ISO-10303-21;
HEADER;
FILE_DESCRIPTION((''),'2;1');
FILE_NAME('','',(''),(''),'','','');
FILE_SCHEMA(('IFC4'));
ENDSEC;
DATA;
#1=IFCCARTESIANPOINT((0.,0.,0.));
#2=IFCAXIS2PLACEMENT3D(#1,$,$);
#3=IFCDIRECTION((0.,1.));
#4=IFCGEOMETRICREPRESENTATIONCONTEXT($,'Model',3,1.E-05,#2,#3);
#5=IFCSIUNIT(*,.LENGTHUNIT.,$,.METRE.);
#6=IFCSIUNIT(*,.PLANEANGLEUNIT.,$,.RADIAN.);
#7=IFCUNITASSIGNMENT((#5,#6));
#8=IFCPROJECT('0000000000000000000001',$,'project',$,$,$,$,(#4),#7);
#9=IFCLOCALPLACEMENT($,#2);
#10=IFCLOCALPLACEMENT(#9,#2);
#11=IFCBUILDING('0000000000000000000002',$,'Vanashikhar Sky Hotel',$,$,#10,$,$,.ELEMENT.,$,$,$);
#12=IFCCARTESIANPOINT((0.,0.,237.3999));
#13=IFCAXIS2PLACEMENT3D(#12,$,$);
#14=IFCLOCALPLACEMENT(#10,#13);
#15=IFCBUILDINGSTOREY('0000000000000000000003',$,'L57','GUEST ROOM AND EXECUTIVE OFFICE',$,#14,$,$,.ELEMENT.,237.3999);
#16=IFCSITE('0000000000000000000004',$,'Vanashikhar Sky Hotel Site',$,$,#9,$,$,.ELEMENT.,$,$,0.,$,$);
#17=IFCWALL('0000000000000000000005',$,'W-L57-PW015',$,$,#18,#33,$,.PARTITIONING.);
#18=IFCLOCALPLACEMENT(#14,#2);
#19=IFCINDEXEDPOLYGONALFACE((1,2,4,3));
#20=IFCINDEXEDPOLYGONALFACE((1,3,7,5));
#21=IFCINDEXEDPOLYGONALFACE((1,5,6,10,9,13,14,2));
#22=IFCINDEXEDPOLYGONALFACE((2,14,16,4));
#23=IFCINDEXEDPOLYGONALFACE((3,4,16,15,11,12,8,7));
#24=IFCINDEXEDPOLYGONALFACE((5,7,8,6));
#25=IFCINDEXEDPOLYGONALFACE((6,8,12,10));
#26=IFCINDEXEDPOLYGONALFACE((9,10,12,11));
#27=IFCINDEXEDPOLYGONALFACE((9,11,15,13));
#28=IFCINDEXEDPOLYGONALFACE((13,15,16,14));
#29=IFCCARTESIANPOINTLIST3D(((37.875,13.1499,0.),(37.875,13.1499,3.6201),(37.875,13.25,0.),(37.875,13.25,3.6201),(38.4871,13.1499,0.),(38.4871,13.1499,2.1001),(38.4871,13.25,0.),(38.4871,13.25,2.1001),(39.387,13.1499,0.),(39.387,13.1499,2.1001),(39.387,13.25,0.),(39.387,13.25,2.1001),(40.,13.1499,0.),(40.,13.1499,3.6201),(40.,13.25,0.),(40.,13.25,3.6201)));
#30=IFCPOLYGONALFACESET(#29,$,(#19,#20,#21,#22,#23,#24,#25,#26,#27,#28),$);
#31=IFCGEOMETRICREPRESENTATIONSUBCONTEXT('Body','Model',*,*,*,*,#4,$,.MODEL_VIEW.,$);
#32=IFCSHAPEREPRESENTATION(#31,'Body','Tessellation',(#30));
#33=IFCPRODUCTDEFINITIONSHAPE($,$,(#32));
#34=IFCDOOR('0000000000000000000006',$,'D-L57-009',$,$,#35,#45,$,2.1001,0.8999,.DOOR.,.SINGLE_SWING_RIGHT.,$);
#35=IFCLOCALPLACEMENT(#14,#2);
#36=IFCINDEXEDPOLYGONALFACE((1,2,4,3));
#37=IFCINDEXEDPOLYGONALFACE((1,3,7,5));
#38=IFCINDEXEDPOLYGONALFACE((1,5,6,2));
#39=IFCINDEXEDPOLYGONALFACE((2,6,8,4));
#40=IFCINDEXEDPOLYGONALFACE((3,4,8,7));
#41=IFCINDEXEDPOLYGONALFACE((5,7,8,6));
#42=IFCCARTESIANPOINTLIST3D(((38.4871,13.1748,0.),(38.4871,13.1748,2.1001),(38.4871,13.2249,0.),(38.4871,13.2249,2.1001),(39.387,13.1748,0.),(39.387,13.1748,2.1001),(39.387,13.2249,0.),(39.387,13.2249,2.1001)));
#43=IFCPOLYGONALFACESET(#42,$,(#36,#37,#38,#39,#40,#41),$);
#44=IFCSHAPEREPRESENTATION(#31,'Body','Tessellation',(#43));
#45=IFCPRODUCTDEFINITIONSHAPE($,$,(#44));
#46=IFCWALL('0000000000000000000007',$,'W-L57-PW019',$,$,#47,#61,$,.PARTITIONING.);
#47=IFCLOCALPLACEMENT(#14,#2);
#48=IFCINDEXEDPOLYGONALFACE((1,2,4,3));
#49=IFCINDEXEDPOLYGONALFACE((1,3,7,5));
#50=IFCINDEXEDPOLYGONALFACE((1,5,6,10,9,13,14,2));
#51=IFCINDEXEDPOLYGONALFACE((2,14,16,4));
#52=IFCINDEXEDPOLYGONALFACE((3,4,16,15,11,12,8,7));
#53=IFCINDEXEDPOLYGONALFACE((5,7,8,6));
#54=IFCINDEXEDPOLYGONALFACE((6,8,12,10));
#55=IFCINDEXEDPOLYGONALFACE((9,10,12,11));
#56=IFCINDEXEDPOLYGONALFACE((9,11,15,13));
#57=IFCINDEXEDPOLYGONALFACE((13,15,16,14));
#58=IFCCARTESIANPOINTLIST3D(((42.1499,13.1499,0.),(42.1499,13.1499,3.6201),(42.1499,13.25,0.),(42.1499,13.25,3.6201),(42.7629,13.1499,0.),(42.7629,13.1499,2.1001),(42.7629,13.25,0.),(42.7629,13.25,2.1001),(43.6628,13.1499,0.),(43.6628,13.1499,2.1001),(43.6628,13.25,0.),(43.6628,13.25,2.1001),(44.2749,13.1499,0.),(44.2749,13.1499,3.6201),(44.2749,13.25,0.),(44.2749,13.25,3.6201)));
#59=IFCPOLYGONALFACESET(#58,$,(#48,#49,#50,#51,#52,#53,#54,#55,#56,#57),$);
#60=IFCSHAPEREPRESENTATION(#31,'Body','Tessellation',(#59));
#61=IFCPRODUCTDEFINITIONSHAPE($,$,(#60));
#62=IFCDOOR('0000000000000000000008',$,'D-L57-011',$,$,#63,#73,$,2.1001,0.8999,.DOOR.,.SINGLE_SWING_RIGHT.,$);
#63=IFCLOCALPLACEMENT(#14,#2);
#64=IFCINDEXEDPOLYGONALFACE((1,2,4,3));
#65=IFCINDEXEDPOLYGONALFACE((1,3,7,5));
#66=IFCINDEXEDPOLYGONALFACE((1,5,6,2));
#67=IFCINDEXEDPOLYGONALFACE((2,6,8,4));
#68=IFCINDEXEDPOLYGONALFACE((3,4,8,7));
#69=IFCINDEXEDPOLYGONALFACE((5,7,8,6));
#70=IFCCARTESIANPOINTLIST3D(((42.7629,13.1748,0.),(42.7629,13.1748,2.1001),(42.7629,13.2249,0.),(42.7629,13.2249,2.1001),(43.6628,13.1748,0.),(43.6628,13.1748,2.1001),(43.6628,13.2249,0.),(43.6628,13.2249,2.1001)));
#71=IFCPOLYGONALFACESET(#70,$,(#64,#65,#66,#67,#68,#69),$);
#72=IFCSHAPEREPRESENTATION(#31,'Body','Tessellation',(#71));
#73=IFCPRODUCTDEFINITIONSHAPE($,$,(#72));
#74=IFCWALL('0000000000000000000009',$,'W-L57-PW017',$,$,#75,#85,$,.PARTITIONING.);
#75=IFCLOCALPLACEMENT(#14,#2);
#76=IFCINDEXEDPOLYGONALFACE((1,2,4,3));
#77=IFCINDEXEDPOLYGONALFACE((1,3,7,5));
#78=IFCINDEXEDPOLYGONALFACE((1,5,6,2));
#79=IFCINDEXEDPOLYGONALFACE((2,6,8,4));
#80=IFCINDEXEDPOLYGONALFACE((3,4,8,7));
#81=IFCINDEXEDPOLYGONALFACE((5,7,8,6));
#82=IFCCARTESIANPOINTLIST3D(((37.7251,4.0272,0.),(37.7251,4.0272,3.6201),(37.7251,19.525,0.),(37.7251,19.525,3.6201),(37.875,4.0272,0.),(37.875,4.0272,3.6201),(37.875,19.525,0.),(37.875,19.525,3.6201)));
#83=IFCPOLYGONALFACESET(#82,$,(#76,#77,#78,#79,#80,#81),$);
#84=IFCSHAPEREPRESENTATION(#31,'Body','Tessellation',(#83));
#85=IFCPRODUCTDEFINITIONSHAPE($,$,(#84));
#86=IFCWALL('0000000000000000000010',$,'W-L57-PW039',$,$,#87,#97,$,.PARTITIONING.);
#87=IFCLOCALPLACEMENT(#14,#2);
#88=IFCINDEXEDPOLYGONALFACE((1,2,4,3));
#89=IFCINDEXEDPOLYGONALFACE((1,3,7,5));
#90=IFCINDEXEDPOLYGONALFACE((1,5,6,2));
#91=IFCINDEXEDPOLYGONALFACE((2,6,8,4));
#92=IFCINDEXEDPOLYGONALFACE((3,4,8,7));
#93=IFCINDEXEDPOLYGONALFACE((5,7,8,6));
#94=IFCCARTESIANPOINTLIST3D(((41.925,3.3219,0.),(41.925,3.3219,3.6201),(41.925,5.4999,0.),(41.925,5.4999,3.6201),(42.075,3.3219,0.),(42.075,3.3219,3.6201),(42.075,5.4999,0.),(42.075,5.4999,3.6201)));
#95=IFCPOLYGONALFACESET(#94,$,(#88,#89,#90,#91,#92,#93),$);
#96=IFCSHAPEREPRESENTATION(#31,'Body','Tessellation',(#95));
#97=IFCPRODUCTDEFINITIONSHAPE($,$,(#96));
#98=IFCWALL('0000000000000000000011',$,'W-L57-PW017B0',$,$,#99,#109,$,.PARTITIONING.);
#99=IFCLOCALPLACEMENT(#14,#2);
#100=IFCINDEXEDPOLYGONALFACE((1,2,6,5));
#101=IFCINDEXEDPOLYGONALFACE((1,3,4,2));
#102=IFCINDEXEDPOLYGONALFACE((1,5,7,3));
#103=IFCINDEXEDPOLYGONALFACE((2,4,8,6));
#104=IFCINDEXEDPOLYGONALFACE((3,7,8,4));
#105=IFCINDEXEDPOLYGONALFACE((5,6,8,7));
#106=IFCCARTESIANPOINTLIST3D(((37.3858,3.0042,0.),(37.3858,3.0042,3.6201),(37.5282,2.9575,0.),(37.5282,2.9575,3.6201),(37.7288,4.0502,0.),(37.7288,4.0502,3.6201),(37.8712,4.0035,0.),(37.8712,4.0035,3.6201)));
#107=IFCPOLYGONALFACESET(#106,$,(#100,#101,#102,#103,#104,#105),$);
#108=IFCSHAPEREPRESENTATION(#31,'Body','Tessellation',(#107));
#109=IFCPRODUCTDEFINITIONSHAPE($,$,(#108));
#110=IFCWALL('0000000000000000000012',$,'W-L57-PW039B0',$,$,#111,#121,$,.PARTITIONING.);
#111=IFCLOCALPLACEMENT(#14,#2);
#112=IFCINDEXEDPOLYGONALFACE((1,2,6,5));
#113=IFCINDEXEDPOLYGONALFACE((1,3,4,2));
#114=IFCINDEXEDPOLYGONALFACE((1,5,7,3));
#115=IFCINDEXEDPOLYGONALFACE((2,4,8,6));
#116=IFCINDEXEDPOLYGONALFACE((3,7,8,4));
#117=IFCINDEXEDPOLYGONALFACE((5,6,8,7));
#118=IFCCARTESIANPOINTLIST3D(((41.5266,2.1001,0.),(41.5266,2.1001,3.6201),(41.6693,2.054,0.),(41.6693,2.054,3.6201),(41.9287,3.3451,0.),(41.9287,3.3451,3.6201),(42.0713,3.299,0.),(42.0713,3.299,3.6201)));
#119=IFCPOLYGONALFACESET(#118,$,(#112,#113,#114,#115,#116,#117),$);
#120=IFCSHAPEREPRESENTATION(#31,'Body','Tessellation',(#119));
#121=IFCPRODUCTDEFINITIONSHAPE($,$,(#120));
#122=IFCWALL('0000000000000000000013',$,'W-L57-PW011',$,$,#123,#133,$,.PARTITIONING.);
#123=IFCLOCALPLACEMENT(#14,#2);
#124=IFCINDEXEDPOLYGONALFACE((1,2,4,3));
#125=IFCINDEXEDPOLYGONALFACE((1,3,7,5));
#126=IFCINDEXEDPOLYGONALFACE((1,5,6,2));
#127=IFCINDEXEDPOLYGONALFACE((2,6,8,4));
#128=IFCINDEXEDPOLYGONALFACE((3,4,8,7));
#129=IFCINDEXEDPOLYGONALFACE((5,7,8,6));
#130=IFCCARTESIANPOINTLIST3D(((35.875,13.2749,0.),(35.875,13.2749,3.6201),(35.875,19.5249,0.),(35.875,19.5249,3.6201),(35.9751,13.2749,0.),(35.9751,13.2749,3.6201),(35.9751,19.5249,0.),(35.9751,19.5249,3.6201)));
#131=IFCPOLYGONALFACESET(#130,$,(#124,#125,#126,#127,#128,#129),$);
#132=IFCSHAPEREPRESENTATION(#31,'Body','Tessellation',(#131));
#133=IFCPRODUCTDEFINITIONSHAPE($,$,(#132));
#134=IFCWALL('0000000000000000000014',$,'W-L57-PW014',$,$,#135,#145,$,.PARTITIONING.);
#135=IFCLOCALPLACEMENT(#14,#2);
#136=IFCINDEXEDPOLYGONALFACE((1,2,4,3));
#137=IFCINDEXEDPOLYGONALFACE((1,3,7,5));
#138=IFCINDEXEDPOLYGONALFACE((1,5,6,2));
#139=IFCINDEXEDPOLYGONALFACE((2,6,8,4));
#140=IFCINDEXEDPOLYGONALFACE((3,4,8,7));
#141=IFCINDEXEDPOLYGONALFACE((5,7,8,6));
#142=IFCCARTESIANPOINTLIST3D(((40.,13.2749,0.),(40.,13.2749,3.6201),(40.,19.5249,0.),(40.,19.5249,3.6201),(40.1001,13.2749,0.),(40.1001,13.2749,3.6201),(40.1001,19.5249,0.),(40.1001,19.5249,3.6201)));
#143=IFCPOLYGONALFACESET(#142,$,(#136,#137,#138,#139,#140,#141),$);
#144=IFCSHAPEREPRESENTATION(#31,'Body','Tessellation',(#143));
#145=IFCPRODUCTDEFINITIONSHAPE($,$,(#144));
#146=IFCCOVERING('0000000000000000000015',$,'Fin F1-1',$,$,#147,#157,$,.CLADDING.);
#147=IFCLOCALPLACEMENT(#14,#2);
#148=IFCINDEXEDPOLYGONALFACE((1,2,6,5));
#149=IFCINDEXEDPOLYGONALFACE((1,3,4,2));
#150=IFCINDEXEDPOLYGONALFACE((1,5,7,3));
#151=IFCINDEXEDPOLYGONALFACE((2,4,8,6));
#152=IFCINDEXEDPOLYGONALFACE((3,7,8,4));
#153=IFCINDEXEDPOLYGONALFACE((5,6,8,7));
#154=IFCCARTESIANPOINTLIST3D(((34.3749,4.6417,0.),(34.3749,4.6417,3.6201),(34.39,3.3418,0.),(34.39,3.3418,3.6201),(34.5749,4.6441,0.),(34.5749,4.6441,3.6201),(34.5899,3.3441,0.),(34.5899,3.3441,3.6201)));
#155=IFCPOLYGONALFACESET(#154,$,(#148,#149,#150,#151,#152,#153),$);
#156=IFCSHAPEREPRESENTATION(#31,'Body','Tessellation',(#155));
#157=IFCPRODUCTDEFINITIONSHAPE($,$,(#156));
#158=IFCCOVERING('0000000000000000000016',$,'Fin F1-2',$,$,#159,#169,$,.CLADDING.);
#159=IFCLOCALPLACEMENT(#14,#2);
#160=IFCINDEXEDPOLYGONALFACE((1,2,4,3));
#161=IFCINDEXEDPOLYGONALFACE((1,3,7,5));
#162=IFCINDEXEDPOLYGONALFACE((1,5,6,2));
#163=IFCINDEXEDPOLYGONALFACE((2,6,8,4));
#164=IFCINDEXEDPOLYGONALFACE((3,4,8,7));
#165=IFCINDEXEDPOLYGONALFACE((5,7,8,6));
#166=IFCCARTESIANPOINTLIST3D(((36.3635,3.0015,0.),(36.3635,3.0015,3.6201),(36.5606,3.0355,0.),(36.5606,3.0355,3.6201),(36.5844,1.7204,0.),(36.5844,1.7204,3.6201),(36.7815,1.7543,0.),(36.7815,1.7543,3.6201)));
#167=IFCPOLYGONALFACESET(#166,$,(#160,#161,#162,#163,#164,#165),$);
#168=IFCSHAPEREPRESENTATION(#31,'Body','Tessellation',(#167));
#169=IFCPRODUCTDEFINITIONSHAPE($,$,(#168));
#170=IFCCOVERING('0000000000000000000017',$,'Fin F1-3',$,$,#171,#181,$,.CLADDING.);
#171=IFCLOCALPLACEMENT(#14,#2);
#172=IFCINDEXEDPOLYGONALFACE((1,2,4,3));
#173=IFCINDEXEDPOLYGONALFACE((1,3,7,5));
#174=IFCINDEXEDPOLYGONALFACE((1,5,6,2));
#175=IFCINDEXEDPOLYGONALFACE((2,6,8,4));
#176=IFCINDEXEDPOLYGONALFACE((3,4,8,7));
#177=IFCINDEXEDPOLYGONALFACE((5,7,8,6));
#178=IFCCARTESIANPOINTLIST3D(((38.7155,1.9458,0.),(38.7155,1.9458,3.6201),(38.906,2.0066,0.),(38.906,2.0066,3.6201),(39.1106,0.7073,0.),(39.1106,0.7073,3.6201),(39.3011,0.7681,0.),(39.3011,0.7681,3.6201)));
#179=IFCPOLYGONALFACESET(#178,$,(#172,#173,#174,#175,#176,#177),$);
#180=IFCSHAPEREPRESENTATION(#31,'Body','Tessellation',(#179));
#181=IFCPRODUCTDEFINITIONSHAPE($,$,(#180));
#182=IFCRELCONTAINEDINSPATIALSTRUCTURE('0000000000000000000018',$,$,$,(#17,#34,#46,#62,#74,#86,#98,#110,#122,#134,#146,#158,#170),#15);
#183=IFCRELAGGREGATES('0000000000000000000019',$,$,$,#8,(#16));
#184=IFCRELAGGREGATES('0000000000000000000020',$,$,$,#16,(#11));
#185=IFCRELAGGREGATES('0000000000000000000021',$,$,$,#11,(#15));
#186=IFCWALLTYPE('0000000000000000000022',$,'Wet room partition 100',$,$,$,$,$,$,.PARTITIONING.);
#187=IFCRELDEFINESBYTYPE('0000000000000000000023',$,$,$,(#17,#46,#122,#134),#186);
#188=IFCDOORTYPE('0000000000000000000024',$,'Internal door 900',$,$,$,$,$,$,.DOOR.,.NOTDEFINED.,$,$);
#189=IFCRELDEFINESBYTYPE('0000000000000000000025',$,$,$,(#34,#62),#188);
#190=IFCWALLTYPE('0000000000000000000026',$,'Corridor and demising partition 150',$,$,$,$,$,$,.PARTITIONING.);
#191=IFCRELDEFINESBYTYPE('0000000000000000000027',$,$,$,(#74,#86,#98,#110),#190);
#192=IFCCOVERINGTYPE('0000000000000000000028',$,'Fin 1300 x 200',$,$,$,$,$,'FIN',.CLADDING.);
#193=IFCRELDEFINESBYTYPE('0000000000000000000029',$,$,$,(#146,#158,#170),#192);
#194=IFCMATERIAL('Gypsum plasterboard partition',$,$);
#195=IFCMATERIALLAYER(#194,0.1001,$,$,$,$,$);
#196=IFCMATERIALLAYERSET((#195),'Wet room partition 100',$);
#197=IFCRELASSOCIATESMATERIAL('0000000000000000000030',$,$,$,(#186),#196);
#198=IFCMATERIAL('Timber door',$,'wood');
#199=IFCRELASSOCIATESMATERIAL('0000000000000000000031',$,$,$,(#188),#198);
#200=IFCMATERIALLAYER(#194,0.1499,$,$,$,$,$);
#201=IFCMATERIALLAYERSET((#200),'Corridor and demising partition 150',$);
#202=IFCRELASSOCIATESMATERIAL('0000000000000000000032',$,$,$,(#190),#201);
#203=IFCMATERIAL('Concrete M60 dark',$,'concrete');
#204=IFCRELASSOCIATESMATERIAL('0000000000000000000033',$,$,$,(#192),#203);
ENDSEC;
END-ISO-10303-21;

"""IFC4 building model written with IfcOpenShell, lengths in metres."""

from ifc_helpers import new_model, si_unit, direction, frame, frame_2d, origin, origin_2d, place, context, subcontext, project, spatial, rectangle, extrude, source, transform, mapped, material, layer, layer_set, material_profile, profile_set, type_object, element, fill, save


model = new_model("IFC4")

# Units and contexts
model_context = context("Model", 3, precision=1e-05, world=origin(), true_north=direction((0.0, 1.0)))
body_context = subcontext(model_context, "Body", "Model", "MODEL_VIEW")
ifc_project = project(units=[si_unit("LENGTHUNIT", "METRE"), si_unit("PLANEANGLEUNIT", "RADIAN")], contexts=[model_context])

# Site, building, storey
site_placement = place(None, origin())
site = spatial("IfcSite", under=ifc_project, at=site_placement, Name="Vanashikhar Sky Hotel Site", CompositionType="ELEMENT", RefElevation=0.0)
building_placement = place(site_placement, origin())
building = spatial("IfcBuilding", under=site, at=building_placement, Name="Vanashikhar Sky Hotel", CompositionType="ELEMENT")
storey_placement = place(building_placement, frame((0.0, 0.0, 237.3999)))
storey = spatial("IfcBuildingStorey", under=building, at=storey_placement, Name="L57", Description="GUEST ROOM AND EXECUTIVE OFFICE", CompositionType="ELEMENT", Elevation=237.3999)

# Walls, openings, doors
ifc_material_1 = material(Name="Gypsum plasterboard partition")
ifc_layer_1 = layer(ifc_material_1, 0.1001)
ifc_layer_set_1 = layer_set([ifc_layer_1], Name="Wet room partition 100")
wall_type_1 = type_object("IfcWallType", Name="Wet room partition 100", PredefinedType="PARTITIONING", material=ifc_layer_set_1)
shared_shape_1 = source(origin(), body_context, "Body", "SweptSolid", [
    extrude(rectangle(XDim=2.125, YDim=0.1001, at=frame_2d((1.0625, 0.0))), origin(), (0.0, 0.0, 1.0), 3.6201),
])
wall_1_placement = place(storey_placement, frame((37.875, 13.2, 0.0), z_axis=(0.0, 0.0, 1.0), x_axis=(1.0, 0.0, 0.0)))
wall_1 = element("IfcWall", 1, at=wall_1_placement, inside=storey, type_object=wall_type_1, Name="W-L57-PW015", PredefinedType="PARTITIONING", context=body_context, shape_type="MappedRepresentation", body=[
    mapped(shared_shape_1, transform((0.0, 0.0, 0.0), scale=1.0)),
])
shared_shape_2 = source(origin(), body_context, "Body", "SweptSolid", [
    extrude(rectangle(XDim=0.8999, YDim=2.1001, at=frame_2d((0.45, 1.05))), frame((0.0, 0.0601, 0.0), z_axis=(0.0, -1.0, 0.0), x_axis=(1.0, 0.0, 0.0)), (0.0, 0.0, 1.0), 0.1201),
])
opening_1_placement = place(wall_1_placement, frame((0.6121, 0.0, 0.0)))
opening_1 = element("IfcOpeningElement", 2, at=opening_1_placement, cuts=wall_1, PredefinedType="OPENING", context=body_context, shape_type="MappedRepresentation", body=[
    mapped(shared_shape_2, transform((0.0, 0.0, 0.0), scale=1.0)),
])
ifc_material_2 = material(Name="Timber door", Category="wood")
door_type = type_object("IfcDoorType", Name="Internal door 900", OperationType="NOTDEFINED", PredefinedType="DOOR", material=ifc_material_2)
shared_shape_3 = source(origin(), body_context, "Body", "SweptSolid", [
    extrude(rectangle(XDim=0.8999, YDim=2.1001, at=frame_2d((0.45, 1.05))), frame((0.0, 0.0249, 0.0), z_axis=(0.0, -1.0, 0.0), x_axis=(1.0, 0.0, 0.0)), (0.0, 0.0, 1.0), 0.05),
])
door_1_placement = place(opening_1_placement, origin())
door_1 = element("IfcDoor", 3, at=door_1_placement, inside=storey, type_object=door_type, Name="D-L57-009", OperationType="SINGLE_SWING_RIGHT", OverallHeight=2.1001, OverallWidth=0.8999, PredefinedType="DOOR", context=body_context, shape_type="MappedRepresentation", body=[
    mapped(shared_shape_3, transform((0.0, 0.0, 0.0), scale=1.0)),
])
fill(opening_1, door_1)
wall_2_placement = place(storey_placement, frame((42.1499, 13.2, 0.0), z_axis=(0.0, 0.0, 1.0), x_axis=(1.0, 0.0, 0.0)))
wall_2 = element("IfcWall", 4, at=wall_2_placement, inside=storey, type_object=wall_type_1, Name="W-L57-PW019", PredefinedType="PARTITIONING", context=body_context, shape_type="MappedRepresentation", body=[
    mapped(shared_shape_1, transform((0.0, 0.0, 0.0), scale=1.0)),
])
opening_2_placement = place(wall_2_placement, frame((0.613, 0.0, 0.0)))
opening_2 = element("IfcOpeningElement", 5, at=opening_2_placement, cuts=wall_2, PredefinedType="OPENING", context=body_context, shape_type="MappedRepresentation", body=[
    mapped(shared_shape_2, transform((0.0, 0.0, 0.0), scale=1.0)),
])
door_2_placement = place(opening_2_placement, origin())
door_2 = element("IfcDoor", 6, at=door_2_placement, inside=storey, type_object=door_type, Name="D-L57-011", OperationType="SINGLE_SWING_RIGHT", OverallHeight=2.1001, OverallWidth=0.8999, PredefinedType="DOOR", context=body_context, shape_type="MappedRepresentation", body=[
    mapped(shared_shape_3, transform((0.0, 0.0, 0.0), scale=1.0)),
])
fill(opening_2, door_2)

# Walls
ifc_layer_2 = layer(ifc_material_1, 0.1499)
ifc_layer_set_2 = layer_set([ifc_layer_2], Name="Corridor and demising partition 150")
wall_type_2 = type_object("IfcWallType", Name="Corridor and demising partition 150", PredefinedType="PARTITIONING", material=ifc_layer_set_2)
shared_shape_4 = source(origin(), body_context, "Body", "SweptSolid", [
    extrude(rectangle(XDim=15.4978, YDim=0.1499, at=frame_2d((7.749, 0.0))), origin(), (0.0, 0.0, 1.0), 3.6201),
])
wall_3_placement = place(storey_placement, frame((37.8, 4.0271, 0.0), z_axis=(0.0, 0.0, 1.0), x_axis=(0.0, 1.0, 0.0)))
element("IfcWall", 7, at=wall_3_placement, inside=storey, type_object=wall_type_2, Name="W-L57-PW017", PredefinedType="PARTITIONING", context=body_context, shape_type="MappedRepresentation", body=[
    mapped(shared_shape_4, transform((0.0, 0.0, 0.0), scale=1.0)),
])
shared_shape_5 = source(origin(), body_context, "Body", "SweptSolid", [
    extrude(rectangle(XDim=2.178, YDim=0.1499, at=frame_2d((1.0889, 0.0))), origin(), (0.0, 0.0, 1.0), 3.6201),
])
wall_4_placement = place(storey_placement, frame((42.0, 3.322, 0.0), z_axis=(0.0, 0.0, 1.0), x_axis=(0.0, 1.0, 0.0)))
element("IfcWall", 8, at=wall_4_placement, inside=storey, type_object=wall_type_2, Name="W-L57-PW039", PredefinedType="PARTITIONING", context=body_context, shape_type="MappedRepresentation", body=[
    mapped(shared_shape_5, transform((0.0, 0.0, 0.0), scale=1.0)),
])
shared_shape_6 = source(origin(), body_context, "Body", "SweptSolid", [
    extrude(rectangle(XDim=1.1008, YDim=0.1499, at=frame_2d((0.5503, 0.0))), origin(), (0.0, 0.0, 1.0), 3.6201),
])
wall_5_placement = place(storey_placement, frame((37.457, 2.981, 0.0), z_axis=(0.0, 0.0, 1.0), x_axis=(0.311567, 0.950224, 0.0)))
element("IfcWall", 9, at=wall_5_placement, inside=storey, type_object=wall_type_2, Name="W-L57-PW017B0", PredefinedType="PARTITIONING", context=body_context, shape_type="MappedRepresentation", body=[
    mapped(shared_shape_6, transform((0.0, 0.0, 0.0), scale=1.0)),
])
shared_shape_7 = source(origin(), body_context, "Body", "SweptSolid", [
    extrude(rectangle(XDim=1.3083, YDim=0.1499, at=frame_2d((0.6543, 0.0))), origin(), (0.0, 0.0, 1.0), 3.6201),
])
wall_6_placement = place(storey_placement, frame((41.5979, 2.0769, 0.0), z_axis=(0.0, 0.0, 1.0), x_axis=(0.307314, 0.951608, 0.0)))
element("IfcWall", 10, at=wall_6_placement, inside=storey, type_object=wall_type_2, Name="W-L57-PW039B0", PredefinedType="PARTITIONING", context=body_context, shape_type="MappedRepresentation", body=[
    mapped(shared_shape_7, transform((0.0, 0.0, 0.0), scale=1.0)),
])
shared_shape_8 = source(origin(), body_context, "Body", "SweptSolid", [
    extrude(rectangle(XDim=6.25, YDim=0.1001, at=frame_2d((3.125, 0.0))), origin(), (0.0, 0.0, 1.0), 3.6201),
])
for number, where, z_axis, x_axis, name in (
    (11, (35.925, 13.2749, 0.0), (0.0, 0.0, 1.0), (0.0, 1.0, 0.0), "W-L57-PW011"),
    (12, (40.05, 13.2749, 0.0), (0.0, 0.0, 1.0), (0.0, 1.0, 0.0), "W-L57-PW014"),
):
    element("IfcWall", number, at=place(storey_placement, frame(where, z_axis=z_axis, x_axis=x_axis)), inside=storey, type_object=wall_type_1, Name=name, PredefinedType="PARTITIONING", context=body_context, shape_type="MappedRepresentation", body=[
        mapped(shared_shape_8, transform((0.0, 0.0, 0.0), scale=1.0)),
    ])

# Coverings
ifc_material_3 = material(Name="Concrete M60 dark", Category="concrete")
ifc_material_profile_1 = material_profile(ifc_material_3, rectangle(XDim=1.3, YDim=0.2, at=origin_2d()))
ifc_profile_set_1 = profile_set([ifc_material_profile_1], Name="Fin 1300 x 200")
covering_type = type_object("IfcCoveringType", Name="Fin 1300 x 200", ElementType="FIN", PredefinedType="CLADDING", material=ifc_profile_set_1)
shared_shape_9 = source(origin(), body_context, "Body", "SweptSolid", [
    extrude(rectangle(XDim=1.3, YDim=0.2, at=origin_2d()), origin(), (0.0, 0.0, 1.0), 3.6201),
])
for number, where, z_axis, x_axis, name in (
    (13, (34.4824, 3.9929, 0.0), (0.0, 0.0, 1.0), (0.011589, -0.999933, 0.0), "Fin F1-1"),
    (14, (36.5725, 2.3779, 0.0), (0.0, 0.0, 1.0), (0.1699, -0.985461, 0.0), "Fin F1-2"),
    (15, (39.0083, 1.3569, 0.0), (0.0, 0.0, 1.0), (0.303967, -0.952683, 0.0), "Fin F1-3"),
):
    element("IfcCovering", number, at=place(storey_placement, frame(where, z_axis=z_axis, x_axis=x_axis)), inside=storey, type_object=covering_type, Name=name, PredefinedType="CLADDING", context=body_context, shape_type="MappedRepresentation", body=[
        mapped(shared_shape_9, transform((0.0, 0.0, 0.0), scale=1.0)),
    ])

save(model, "model.ifc")
